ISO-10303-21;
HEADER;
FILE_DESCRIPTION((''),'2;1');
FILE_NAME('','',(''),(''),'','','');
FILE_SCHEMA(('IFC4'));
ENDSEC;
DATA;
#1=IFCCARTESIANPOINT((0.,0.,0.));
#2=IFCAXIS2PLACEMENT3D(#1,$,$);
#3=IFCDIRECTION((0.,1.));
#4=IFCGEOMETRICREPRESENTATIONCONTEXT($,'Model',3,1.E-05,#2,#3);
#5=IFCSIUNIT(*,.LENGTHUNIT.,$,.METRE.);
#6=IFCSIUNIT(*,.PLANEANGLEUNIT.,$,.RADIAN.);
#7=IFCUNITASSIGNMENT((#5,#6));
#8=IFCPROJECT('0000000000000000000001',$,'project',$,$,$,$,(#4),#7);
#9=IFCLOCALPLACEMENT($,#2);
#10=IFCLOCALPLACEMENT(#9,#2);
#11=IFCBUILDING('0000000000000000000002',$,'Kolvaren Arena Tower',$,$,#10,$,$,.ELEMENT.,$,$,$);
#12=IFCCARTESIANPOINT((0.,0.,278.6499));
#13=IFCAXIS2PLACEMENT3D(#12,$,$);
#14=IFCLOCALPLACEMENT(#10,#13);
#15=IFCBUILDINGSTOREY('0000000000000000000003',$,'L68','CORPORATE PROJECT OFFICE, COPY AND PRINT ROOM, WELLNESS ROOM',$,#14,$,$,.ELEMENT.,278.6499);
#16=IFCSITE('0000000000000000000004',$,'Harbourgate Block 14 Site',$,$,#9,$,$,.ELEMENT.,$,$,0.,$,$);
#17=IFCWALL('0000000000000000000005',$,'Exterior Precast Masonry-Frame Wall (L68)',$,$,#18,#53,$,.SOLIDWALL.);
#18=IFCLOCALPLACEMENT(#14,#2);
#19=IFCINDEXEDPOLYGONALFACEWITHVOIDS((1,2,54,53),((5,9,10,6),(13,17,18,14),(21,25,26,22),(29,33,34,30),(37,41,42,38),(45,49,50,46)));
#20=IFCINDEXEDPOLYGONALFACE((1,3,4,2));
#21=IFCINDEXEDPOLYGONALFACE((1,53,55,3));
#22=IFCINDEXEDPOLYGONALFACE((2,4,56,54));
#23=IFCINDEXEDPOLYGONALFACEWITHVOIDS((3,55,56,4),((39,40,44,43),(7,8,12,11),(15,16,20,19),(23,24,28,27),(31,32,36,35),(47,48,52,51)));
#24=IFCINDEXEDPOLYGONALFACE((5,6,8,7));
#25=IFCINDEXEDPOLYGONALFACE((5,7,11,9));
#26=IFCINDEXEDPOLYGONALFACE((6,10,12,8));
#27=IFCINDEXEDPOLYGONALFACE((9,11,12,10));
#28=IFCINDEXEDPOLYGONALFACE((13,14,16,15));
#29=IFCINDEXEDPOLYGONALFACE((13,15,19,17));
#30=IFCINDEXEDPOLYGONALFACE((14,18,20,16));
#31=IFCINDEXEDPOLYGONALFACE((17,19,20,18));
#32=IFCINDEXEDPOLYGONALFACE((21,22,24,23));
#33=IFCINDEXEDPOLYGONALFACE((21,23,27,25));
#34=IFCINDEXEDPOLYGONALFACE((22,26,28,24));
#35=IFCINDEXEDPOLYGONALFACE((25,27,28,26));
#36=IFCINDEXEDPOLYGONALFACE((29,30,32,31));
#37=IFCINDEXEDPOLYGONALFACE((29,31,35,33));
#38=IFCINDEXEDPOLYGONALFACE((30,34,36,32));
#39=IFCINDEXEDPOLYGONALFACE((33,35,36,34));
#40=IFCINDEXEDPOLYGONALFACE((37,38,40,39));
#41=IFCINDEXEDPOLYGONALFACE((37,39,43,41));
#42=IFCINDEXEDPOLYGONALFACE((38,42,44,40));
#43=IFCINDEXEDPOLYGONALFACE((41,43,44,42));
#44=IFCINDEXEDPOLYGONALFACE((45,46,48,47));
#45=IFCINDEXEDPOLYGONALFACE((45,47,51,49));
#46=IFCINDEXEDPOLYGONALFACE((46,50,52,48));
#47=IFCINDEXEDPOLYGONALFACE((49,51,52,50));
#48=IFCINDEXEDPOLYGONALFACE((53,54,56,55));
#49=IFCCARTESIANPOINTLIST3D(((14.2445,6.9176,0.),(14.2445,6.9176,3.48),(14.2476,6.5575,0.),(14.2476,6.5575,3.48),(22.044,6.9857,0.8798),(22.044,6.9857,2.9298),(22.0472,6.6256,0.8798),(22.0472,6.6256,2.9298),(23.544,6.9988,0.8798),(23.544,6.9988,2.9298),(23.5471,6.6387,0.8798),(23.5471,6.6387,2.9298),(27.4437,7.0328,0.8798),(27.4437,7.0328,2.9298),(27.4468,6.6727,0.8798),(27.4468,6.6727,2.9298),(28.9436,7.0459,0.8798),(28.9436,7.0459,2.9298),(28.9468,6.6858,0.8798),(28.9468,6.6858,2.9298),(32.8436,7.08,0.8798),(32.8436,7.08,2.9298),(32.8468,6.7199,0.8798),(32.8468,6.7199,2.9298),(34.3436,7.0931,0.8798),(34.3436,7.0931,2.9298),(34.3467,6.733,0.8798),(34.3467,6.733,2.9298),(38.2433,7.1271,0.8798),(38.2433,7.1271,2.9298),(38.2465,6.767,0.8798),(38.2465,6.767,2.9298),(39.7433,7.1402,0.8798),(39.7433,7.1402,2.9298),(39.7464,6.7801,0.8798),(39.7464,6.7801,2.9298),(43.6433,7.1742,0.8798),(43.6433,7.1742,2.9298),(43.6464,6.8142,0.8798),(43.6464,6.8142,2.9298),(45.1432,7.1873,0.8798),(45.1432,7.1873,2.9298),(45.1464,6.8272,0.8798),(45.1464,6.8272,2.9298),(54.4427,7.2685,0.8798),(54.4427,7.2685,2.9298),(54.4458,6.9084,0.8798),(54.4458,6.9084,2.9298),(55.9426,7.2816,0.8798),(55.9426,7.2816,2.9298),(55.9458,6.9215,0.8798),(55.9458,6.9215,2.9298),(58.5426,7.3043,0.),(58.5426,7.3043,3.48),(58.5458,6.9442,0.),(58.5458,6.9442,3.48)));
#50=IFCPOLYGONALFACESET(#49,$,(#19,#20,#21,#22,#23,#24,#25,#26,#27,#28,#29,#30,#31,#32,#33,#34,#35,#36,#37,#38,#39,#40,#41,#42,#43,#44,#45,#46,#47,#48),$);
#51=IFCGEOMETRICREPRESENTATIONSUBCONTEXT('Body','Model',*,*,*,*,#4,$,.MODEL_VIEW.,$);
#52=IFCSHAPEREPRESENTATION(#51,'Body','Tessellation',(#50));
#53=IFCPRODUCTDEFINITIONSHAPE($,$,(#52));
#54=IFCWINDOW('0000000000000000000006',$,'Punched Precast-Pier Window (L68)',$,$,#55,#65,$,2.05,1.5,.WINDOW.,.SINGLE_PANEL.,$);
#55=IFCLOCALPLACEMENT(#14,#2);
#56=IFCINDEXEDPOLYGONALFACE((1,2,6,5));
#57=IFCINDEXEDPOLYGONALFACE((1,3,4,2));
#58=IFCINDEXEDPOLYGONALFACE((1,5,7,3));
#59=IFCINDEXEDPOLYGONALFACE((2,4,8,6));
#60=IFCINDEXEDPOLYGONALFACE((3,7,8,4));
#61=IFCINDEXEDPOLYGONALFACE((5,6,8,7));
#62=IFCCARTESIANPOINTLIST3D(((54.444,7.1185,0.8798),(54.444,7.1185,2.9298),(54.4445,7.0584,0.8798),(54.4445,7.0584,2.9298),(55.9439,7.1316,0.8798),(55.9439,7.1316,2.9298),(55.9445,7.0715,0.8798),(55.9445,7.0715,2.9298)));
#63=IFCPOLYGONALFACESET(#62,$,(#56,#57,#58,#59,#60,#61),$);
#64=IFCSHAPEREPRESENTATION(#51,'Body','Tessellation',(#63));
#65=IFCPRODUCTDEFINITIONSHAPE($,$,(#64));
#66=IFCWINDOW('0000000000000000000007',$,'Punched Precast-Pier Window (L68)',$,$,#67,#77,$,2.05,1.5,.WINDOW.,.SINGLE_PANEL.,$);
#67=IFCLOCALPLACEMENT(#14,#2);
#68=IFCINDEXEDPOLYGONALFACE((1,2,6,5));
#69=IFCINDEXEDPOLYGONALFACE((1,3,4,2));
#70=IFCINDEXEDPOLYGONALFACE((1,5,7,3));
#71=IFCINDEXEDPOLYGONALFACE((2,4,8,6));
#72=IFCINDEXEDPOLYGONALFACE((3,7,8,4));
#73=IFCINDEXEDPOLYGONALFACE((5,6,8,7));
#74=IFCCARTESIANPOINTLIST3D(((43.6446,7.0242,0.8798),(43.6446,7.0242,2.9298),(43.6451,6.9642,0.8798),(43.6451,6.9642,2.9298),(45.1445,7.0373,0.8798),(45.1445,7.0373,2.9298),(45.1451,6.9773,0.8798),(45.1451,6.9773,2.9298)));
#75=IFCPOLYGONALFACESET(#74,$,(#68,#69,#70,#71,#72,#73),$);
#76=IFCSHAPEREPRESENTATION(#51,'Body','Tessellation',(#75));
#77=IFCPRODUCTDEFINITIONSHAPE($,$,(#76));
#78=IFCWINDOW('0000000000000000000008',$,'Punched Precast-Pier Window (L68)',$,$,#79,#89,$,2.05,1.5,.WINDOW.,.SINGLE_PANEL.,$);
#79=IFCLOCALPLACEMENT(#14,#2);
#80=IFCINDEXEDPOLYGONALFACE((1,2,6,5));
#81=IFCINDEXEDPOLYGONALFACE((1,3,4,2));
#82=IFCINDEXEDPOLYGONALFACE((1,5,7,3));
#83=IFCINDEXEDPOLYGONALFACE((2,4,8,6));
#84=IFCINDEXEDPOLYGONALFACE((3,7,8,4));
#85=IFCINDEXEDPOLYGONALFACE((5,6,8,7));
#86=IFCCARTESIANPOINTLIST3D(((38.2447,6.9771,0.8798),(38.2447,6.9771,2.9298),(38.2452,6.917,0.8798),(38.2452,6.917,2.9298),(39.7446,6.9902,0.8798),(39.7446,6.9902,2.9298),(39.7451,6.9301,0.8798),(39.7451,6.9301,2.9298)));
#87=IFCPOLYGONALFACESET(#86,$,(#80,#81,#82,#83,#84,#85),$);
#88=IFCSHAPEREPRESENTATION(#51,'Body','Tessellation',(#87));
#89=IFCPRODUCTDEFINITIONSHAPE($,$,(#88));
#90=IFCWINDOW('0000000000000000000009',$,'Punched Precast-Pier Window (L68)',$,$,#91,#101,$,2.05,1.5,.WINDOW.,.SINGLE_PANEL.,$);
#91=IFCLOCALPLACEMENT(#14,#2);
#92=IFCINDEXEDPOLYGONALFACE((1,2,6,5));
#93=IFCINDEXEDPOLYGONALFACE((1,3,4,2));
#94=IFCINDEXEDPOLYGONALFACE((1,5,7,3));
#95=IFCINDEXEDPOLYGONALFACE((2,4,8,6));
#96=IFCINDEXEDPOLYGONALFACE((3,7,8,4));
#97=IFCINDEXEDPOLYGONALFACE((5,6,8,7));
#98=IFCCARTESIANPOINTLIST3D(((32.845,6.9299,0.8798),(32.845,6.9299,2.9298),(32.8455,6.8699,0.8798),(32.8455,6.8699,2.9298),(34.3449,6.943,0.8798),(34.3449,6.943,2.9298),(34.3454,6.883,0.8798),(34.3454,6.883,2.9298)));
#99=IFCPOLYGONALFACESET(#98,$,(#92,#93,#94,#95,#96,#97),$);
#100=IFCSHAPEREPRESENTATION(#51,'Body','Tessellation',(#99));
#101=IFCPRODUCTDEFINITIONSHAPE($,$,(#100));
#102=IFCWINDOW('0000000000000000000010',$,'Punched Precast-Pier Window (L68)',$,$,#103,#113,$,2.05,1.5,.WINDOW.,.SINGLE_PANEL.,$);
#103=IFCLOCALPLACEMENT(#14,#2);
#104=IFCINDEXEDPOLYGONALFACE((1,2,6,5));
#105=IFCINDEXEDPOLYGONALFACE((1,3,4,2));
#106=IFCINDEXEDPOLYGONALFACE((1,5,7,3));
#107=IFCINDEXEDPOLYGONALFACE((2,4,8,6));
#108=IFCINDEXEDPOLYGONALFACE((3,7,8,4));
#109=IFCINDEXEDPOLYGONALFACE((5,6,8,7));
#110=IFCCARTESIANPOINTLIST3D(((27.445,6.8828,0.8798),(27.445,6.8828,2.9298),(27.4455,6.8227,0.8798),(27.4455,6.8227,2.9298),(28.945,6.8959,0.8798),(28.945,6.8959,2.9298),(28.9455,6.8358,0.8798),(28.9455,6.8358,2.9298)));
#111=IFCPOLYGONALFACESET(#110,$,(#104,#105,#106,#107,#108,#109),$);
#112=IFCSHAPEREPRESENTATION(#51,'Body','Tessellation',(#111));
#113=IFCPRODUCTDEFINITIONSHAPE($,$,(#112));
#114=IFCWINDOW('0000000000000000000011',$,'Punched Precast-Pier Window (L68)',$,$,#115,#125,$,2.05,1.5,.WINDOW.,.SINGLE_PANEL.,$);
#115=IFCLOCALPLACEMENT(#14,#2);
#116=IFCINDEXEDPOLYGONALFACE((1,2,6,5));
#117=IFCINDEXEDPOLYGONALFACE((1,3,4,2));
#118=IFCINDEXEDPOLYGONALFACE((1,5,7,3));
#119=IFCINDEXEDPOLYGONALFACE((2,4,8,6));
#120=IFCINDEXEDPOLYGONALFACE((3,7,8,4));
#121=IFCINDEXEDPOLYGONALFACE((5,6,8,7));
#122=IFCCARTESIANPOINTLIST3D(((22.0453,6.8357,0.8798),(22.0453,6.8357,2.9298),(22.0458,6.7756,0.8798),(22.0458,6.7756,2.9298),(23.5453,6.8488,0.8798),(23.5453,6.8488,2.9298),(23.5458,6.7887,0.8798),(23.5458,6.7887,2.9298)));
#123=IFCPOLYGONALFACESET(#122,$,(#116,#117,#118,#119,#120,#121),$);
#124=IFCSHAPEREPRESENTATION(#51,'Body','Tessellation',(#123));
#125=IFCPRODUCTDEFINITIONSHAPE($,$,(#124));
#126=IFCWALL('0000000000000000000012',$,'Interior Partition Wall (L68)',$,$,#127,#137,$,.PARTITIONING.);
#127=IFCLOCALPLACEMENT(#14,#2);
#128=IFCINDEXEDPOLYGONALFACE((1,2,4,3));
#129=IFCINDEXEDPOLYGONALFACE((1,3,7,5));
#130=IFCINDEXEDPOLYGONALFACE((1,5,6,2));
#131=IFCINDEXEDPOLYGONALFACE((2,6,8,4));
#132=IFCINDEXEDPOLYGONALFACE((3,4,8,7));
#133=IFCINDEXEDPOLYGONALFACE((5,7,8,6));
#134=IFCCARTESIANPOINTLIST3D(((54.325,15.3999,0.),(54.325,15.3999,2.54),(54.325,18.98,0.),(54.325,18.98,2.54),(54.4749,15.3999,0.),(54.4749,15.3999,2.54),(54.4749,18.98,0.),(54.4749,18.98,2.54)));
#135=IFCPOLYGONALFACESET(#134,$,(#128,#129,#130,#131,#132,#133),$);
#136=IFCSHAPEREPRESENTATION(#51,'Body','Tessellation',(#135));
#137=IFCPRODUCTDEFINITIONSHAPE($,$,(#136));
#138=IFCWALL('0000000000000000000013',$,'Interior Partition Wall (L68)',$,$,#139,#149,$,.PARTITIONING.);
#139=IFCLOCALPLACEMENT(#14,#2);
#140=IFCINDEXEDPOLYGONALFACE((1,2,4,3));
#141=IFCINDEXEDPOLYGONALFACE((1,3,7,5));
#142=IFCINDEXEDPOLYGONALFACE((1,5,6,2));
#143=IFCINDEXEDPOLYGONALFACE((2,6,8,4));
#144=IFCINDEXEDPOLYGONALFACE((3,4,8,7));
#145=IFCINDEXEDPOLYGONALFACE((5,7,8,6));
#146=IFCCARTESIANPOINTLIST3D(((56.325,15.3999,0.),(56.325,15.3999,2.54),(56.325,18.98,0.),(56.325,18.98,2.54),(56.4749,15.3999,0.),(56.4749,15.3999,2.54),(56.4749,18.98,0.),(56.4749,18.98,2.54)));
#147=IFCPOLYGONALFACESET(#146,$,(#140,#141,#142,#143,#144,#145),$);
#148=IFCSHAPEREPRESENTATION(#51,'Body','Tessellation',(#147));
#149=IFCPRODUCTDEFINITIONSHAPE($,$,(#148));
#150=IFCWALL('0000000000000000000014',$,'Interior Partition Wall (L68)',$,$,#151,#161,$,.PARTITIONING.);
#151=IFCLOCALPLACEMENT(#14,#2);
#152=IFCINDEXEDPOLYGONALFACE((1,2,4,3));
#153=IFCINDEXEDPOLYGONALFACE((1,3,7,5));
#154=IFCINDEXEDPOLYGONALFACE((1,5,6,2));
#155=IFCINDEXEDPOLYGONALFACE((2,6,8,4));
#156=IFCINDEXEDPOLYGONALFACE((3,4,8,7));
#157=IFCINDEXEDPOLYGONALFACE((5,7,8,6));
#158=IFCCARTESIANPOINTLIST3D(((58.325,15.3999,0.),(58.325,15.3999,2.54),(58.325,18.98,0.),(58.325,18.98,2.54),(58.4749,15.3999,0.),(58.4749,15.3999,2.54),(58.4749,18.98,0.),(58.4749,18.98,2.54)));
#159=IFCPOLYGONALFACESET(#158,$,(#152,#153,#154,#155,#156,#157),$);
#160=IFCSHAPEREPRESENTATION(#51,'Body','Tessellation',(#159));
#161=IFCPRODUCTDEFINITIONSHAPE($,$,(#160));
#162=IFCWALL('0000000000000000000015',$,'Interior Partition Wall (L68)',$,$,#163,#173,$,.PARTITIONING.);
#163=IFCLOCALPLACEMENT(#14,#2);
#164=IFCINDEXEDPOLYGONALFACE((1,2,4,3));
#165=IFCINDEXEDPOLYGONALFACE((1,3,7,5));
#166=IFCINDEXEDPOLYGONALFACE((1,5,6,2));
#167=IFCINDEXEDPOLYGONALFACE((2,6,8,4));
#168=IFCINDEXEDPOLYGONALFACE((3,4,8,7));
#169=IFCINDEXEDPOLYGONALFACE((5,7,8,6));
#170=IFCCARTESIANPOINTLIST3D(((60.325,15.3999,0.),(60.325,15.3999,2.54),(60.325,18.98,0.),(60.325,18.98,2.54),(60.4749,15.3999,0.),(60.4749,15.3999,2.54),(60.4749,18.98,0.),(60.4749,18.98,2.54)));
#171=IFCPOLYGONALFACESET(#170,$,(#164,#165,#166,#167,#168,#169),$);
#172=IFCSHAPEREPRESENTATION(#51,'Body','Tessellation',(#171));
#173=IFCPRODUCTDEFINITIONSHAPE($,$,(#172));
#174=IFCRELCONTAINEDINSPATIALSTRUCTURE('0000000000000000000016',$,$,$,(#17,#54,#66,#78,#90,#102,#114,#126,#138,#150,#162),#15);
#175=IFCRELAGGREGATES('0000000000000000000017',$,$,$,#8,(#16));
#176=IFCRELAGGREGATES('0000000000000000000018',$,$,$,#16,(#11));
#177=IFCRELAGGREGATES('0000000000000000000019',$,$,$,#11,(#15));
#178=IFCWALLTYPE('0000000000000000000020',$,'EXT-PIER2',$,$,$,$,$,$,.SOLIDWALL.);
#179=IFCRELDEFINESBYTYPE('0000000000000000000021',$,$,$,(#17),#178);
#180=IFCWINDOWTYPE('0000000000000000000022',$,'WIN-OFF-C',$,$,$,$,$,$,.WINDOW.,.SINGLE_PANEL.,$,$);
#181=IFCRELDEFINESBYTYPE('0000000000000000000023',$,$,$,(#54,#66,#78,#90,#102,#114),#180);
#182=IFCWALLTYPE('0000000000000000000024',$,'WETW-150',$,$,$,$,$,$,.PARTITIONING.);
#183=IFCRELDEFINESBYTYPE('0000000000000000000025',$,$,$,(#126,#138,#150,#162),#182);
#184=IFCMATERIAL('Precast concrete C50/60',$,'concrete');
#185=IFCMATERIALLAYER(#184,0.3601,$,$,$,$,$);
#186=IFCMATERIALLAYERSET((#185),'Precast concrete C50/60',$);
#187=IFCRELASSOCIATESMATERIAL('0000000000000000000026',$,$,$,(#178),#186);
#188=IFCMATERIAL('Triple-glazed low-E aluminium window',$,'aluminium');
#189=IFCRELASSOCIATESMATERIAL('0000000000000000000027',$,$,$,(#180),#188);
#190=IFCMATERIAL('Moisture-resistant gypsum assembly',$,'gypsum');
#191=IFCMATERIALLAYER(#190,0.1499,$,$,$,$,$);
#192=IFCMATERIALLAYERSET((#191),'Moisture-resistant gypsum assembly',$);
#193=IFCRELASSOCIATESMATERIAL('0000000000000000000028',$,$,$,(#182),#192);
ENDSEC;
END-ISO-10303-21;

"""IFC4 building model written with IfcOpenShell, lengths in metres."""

from ifc_helpers import new_model, si_unit, direction, frame, frame_2d, origin, place, context, subcontext, project, spatial, rectangle, extrude, material, layer, layer_set, type_object, element, fill, save


model = new_model("IFC4")

# Units and contexts
model_context = context("Model", 3, precision=1e-05, world=origin(), true_north=direction((0.0, 1.0)))
body_context = subcontext(model_context, "Body", "Model", "MODEL_VIEW")
ifc_project = project(units=[si_unit("LENGTHUNIT", "METRE"), si_unit("PLANEANGLEUNIT", "RADIAN")], contexts=[model_context])

# Site, building, storey
site_placement = place(None, origin())
site = spatial("IfcSite", under=ifc_project, at=site_placement, Name="Harbourgate Block 14 Site", CompositionType="ELEMENT", RefElevation=0.0)
building_placement = place(site_placement, origin())
building = spatial("IfcBuilding", under=site, at=building_placement, Name="Kolvaren Arena Tower", CompositionType="ELEMENT")
storey_placement = place(building_placement, frame((0.0, 0.0, 278.6499)))
storey = spatial("IfcBuildingStorey", under=building, at=storey_placement, Name="L68", Description="CORPORATE PROJECT OFFICE, COPY AND PRINT ROOM, WELLNESS ROOM", CompositionType="ELEMENT", Elevation=278.6499)

# Shared definitions
ifc_material_1 = material(Name="Precast concrete C50/60", Category="concrete")

# Shared definitions
ifc_layer_1 = layer(ifc_material_1, 0.3601)
ifc_layer_set_1 = layer_set([ifc_layer_1], Name="Precast concrete C50/60")
wall_type_1 = type_object("IfcWallType", Name="EXT-PIER2", PredefinedType="SOLIDWALL", material=ifc_layer_set_1)

# Wall, openings, windows
wall_1_placement = place(storey_placement, frame((58.5442, 7.1243, 0.0), z_axis=(0.0, 0.0, 1.0), x_axis=(-0.999962, -0.00873, 0.0)))
wall_1 = element("IfcWall", 1, at=wall_1_placement, inside=storey, type_object=wall_type_1, Name="Exterior Precast Masonry-Frame Wall (L68)", PredefinedType="SOLIDWALL", context=body_context, shape_type="SweptSolid", body=[
    extrude(rectangle(XDim=44.2998, YDim=0.3601, at=frame_2d((22.1499, 0.0))), origin(), (0.0, 0.0, 1.0), 3.48),
])
opening_1_placement = place(wall_1_placement, frame((2.6001, 0.0, 0.8799)))
opening_1 = element("IfcOpeningElement", 2, at=opening_1_placement, cuts=wall_1, PredefinedType="OPENING", context=body_context, shape_type="SweptSolid", body=[
    extrude(rectangle(XDim=1.5, YDim=2.05, at=frame_2d((0.75, 1.0249))), frame((0.0, 0.1899, 0.0), z_axis=(0.0, -1.0, 0.0), x_axis=(1.0, 0.0, 0.0)), (0.0, 0.0, 1.0), 0.3801),
])
opening_2_placement = place(wall_1_placement, frame((13.3999, 0.0, 0.8799)))
opening_2 = element("IfcOpeningElement", 3, at=opening_2_placement, cuts=wall_1, PredefinedType="OPENING", context=body_context, shape_type="SweptSolid", body=[
    extrude(rectangle(XDim=1.5, YDim=2.05, at=frame_2d((0.75, 1.0249))), frame((0.0, 0.1899, 0.0), z_axis=(0.0, -1.0, 0.0), x_axis=(1.0, 0.0, 0.0)), (0.0, 0.0, 1.0), 0.3801),
])
opening_3_placement = place(wall_1_placement, frame((18.8, 0.0, 0.8799)))
opening_3 = element("IfcOpeningElement", 4, at=opening_3_placement, cuts=wall_1, PredefinedType="OPENING", context=body_context, shape_type="SweptSolid", body=[
    extrude(rectangle(XDim=1.5, YDim=2.05, at=frame_2d((0.75, 1.0249))), frame((0.0, 0.1899, 0.0), z_axis=(0.0, -1.0, 0.0), x_axis=(1.0, 0.0, 0.0)), (0.0, 0.0, 1.0), 0.3801),
])
opening_4_placement = place(wall_1_placement, frame((24.2, 0.0, 0.8799)))
opening_4 = element("IfcOpeningElement", 5, at=opening_4_placement, cuts=wall_1, PredefinedType="OPENING", context=body_context, shape_type="SweptSolid", body=[
    extrude(rectangle(XDim=1.5, YDim=2.05, at=frame_2d((0.75, 1.0249))), frame((0.0, 0.1899, 0.0), z_axis=(0.0, -1.0, 0.0), x_axis=(1.0, 0.0, 0.0)), (0.0, 0.0, 1.0), 0.3801),
])
opening_5_placement = place(wall_1_placement, frame((29.6001, 0.0, 0.8799)))
opening_5 = element("IfcOpeningElement", 6, at=opening_5_placement, cuts=wall_1, PredefinedType="OPENING", context=body_context, shape_type="SweptSolid", body=[
    extrude(rectangle(XDim=1.5, YDim=2.05, at=frame_2d((0.75, 1.0249))), frame((0.0, 0.1899, 0.0), z_axis=(0.0, -1.0, 0.0), x_axis=(1.0, 0.0, 0.0)), (0.0, 0.0, 1.0), 0.3801),
])
opening_6_placement = place(wall_1_placement, frame((35.0, 0.0, 0.8799)))
opening_6 = element("IfcOpeningElement", 7, at=opening_6_placement, cuts=wall_1, PredefinedType="OPENING", context=body_context, shape_type="SweptSolid", body=[
    extrude(rectangle(XDim=1.5, YDim=2.05, at=frame_2d((0.75, 1.0249))), frame((0.0, 0.1899, 0.0), z_axis=(0.0, -1.0, 0.0), x_axis=(1.0, 0.0, 0.0)), (0.0, 0.0, 1.0), 0.3801),
])
ifc_material_2 = material(Name="Triple-glazed low-E aluminium window", Category="aluminium")
window_type = type_object("IfcWindowType", Name="WIN-OFF-C", PartitioningType="SINGLE_PANEL", PredefinedType="WINDOW", material=ifc_material_2)
window_1_placement = place(opening_1_placement, origin())
window_1 = element("IfcWindow", 8, at=window_1_placement, inside=storey, type_object=window_type, Name="Punched Precast-Pier Window (L68)", OverallHeight=2.05, OverallWidth=1.5, PartitioningType="SINGLE_PANEL", PredefinedType="WINDOW", context=body_context, shape_type="SweptSolid", body=[
    extrude(rectangle(XDim=1.5, YDim=2.05, at=frame_2d((0.75, 1.0249))), frame((0.0, 0.03, 0.0), z_axis=(0.0, -1.0, 0.0), x_axis=(1.0, 0.0, 0.0)), (0.0, 0.0, 1.0), 0.0601),
])
fill(opening_1, window_1)
window_2_placement = place(opening_2_placement, origin())
window_2 = element("IfcWindow", 9, at=window_2_placement, inside=storey, type_object=window_type, Name="Punched Precast-Pier Window (L68)", OverallHeight=2.05, OverallWidth=1.5, PartitioningType="SINGLE_PANEL", PredefinedType="WINDOW", context=body_context, shape_type="SweptSolid", body=[
    extrude(rectangle(XDim=1.5, YDim=2.05, at=frame_2d((0.75, 1.0249))), frame((0.0, 0.03, 0.0), z_axis=(0.0, -1.0, 0.0), x_axis=(1.0, 0.0, 0.0)), (0.0, 0.0, 1.0), 0.0601),
])
fill(opening_2, window_2)
window_3_placement = place(opening_3_placement, origin())
window_3 = element("IfcWindow", 10, at=window_3_placement, inside=storey, type_object=window_type, Name="Punched Precast-Pier Window (L68)", OverallHeight=2.05, OverallWidth=1.5, PartitioningType="SINGLE_PANEL", PredefinedType="WINDOW", context=body_context, shape_type="SweptSolid", body=[
    extrude(rectangle(XDim=1.5, YDim=2.05, at=frame_2d((0.75, 1.0249))), frame((0.0, 0.03, 0.0), z_axis=(0.0, -1.0, 0.0), x_axis=(1.0, 0.0, 0.0)), (0.0, 0.0, 1.0), 0.0601),
])
fill(opening_3, window_3)
window_4_placement = place(opening_4_placement, origin())
window_4 = element("IfcWindow", 11, at=window_4_placement, inside=storey, type_object=window_type, Name="Punched Precast-Pier Window (L68)", OverallHeight=2.05, OverallWidth=1.5, PartitioningType="SINGLE_PANEL", PredefinedType="WINDOW", context=body_context, shape_type="SweptSolid", body=[
    extrude(rectangle(XDim=1.5, YDim=2.05, at=frame_2d((0.75, 1.0249))), frame((0.0, 0.03, 0.0), z_axis=(0.0, -1.0, 0.0), x_axis=(1.0, 0.0, 0.0)), (0.0, 0.0, 1.0), 0.0601),
])
fill(opening_4, window_4)
window_5_placement = place(opening_5_placement, origin())
window_5 = element("IfcWindow", 12, at=window_5_placement, inside=storey, type_object=window_type, Name="Punched Precast-Pier Window (L68)", OverallHeight=2.05, OverallWidth=1.5, PartitioningType="SINGLE_PANEL", PredefinedType="WINDOW", context=body_context, shape_type="SweptSolid", body=[
    extrude(rectangle(XDim=1.5, YDim=2.05, at=frame_2d((0.75, 1.0249))), frame((0.0, 0.03, 0.0), z_axis=(0.0, -1.0, 0.0), x_axis=(1.0, 0.0, 0.0)), (0.0, 0.0, 1.0), 0.0601),
])
fill(opening_5, window_5)
window_6_placement = place(opening_6_placement, origin())
window_6 = element("IfcWindow", 13, at=window_6_placement, inside=storey, type_object=window_type, Name="Punched Precast-Pier Window (L68)", OverallHeight=2.05, OverallWidth=1.5, PartitioningType="SINGLE_PANEL", PredefinedType="WINDOW", context=body_context, shape_type="SweptSolid", body=[
    extrude(rectangle(XDim=1.5, YDim=2.05, at=frame_2d((0.75, 1.0249))), frame((0.0, 0.03, 0.0), z_axis=(0.0, -1.0, 0.0), x_axis=(1.0, 0.0, 0.0)), (0.0, 0.0, 1.0), 0.0601),
])
fill(opening_6, window_6)

# Walls
ifc_material_3 = material(Name="Moisture-resistant gypsum assembly", Category="gypsum")
ifc_layer_2 = layer(ifc_material_3, 0.1499)
ifc_layer_set_2 = layer_set([ifc_layer_2], Name="Moisture-resistant gypsum assembly")
wall_type_2 = type_object("IfcWallType", Name="WETW-150", PredefinedType="PARTITIONING", material=ifc_layer_set_2)
for number, where, z_axis, x_axis, name in (
    (14, (54.3999, 15.3999, 0.0), (0.0, 0.0, 1.0), (0.0, 1.0, 0.0), "Interior Partition Wall (L68)"),
    (15, (56.3999, 15.3999, 0.0), (0.0, 0.0, 1.0), (0.0, 1.0, 0.0), "Interior Partition Wall (L68)"),
    (16, (58.3999, 15.3999, 0.0), (0.0, 0.0, 1.0), (0.0, 1.0, 0.0), "Interior Partition Wall (L68)"),
    (17, (60.3999, 15.3999, 0.0), (0.0, 0.0, 1.0), (0.0, 1.0, 0.0), "Interior Partition Wall (L68)"),
):
    element("IfcWall", number, at=place(storey_placement, frame(where, z_axis=z_axis, x_axis=x_axis)), inside=storey, type_object=wall_type_2, Name=name, PredefinedType="PARTITIONING", context=body_context, shape_type="SweptSolid", body=[
        extrude(rectangle(XDim=3.5801, YDim=0.1499, at=frame_2d((1.79, 0.0))), origin(), (0.0, 0.0, 1.0), 2.54),
    ])

save(model, "model.ifc")
